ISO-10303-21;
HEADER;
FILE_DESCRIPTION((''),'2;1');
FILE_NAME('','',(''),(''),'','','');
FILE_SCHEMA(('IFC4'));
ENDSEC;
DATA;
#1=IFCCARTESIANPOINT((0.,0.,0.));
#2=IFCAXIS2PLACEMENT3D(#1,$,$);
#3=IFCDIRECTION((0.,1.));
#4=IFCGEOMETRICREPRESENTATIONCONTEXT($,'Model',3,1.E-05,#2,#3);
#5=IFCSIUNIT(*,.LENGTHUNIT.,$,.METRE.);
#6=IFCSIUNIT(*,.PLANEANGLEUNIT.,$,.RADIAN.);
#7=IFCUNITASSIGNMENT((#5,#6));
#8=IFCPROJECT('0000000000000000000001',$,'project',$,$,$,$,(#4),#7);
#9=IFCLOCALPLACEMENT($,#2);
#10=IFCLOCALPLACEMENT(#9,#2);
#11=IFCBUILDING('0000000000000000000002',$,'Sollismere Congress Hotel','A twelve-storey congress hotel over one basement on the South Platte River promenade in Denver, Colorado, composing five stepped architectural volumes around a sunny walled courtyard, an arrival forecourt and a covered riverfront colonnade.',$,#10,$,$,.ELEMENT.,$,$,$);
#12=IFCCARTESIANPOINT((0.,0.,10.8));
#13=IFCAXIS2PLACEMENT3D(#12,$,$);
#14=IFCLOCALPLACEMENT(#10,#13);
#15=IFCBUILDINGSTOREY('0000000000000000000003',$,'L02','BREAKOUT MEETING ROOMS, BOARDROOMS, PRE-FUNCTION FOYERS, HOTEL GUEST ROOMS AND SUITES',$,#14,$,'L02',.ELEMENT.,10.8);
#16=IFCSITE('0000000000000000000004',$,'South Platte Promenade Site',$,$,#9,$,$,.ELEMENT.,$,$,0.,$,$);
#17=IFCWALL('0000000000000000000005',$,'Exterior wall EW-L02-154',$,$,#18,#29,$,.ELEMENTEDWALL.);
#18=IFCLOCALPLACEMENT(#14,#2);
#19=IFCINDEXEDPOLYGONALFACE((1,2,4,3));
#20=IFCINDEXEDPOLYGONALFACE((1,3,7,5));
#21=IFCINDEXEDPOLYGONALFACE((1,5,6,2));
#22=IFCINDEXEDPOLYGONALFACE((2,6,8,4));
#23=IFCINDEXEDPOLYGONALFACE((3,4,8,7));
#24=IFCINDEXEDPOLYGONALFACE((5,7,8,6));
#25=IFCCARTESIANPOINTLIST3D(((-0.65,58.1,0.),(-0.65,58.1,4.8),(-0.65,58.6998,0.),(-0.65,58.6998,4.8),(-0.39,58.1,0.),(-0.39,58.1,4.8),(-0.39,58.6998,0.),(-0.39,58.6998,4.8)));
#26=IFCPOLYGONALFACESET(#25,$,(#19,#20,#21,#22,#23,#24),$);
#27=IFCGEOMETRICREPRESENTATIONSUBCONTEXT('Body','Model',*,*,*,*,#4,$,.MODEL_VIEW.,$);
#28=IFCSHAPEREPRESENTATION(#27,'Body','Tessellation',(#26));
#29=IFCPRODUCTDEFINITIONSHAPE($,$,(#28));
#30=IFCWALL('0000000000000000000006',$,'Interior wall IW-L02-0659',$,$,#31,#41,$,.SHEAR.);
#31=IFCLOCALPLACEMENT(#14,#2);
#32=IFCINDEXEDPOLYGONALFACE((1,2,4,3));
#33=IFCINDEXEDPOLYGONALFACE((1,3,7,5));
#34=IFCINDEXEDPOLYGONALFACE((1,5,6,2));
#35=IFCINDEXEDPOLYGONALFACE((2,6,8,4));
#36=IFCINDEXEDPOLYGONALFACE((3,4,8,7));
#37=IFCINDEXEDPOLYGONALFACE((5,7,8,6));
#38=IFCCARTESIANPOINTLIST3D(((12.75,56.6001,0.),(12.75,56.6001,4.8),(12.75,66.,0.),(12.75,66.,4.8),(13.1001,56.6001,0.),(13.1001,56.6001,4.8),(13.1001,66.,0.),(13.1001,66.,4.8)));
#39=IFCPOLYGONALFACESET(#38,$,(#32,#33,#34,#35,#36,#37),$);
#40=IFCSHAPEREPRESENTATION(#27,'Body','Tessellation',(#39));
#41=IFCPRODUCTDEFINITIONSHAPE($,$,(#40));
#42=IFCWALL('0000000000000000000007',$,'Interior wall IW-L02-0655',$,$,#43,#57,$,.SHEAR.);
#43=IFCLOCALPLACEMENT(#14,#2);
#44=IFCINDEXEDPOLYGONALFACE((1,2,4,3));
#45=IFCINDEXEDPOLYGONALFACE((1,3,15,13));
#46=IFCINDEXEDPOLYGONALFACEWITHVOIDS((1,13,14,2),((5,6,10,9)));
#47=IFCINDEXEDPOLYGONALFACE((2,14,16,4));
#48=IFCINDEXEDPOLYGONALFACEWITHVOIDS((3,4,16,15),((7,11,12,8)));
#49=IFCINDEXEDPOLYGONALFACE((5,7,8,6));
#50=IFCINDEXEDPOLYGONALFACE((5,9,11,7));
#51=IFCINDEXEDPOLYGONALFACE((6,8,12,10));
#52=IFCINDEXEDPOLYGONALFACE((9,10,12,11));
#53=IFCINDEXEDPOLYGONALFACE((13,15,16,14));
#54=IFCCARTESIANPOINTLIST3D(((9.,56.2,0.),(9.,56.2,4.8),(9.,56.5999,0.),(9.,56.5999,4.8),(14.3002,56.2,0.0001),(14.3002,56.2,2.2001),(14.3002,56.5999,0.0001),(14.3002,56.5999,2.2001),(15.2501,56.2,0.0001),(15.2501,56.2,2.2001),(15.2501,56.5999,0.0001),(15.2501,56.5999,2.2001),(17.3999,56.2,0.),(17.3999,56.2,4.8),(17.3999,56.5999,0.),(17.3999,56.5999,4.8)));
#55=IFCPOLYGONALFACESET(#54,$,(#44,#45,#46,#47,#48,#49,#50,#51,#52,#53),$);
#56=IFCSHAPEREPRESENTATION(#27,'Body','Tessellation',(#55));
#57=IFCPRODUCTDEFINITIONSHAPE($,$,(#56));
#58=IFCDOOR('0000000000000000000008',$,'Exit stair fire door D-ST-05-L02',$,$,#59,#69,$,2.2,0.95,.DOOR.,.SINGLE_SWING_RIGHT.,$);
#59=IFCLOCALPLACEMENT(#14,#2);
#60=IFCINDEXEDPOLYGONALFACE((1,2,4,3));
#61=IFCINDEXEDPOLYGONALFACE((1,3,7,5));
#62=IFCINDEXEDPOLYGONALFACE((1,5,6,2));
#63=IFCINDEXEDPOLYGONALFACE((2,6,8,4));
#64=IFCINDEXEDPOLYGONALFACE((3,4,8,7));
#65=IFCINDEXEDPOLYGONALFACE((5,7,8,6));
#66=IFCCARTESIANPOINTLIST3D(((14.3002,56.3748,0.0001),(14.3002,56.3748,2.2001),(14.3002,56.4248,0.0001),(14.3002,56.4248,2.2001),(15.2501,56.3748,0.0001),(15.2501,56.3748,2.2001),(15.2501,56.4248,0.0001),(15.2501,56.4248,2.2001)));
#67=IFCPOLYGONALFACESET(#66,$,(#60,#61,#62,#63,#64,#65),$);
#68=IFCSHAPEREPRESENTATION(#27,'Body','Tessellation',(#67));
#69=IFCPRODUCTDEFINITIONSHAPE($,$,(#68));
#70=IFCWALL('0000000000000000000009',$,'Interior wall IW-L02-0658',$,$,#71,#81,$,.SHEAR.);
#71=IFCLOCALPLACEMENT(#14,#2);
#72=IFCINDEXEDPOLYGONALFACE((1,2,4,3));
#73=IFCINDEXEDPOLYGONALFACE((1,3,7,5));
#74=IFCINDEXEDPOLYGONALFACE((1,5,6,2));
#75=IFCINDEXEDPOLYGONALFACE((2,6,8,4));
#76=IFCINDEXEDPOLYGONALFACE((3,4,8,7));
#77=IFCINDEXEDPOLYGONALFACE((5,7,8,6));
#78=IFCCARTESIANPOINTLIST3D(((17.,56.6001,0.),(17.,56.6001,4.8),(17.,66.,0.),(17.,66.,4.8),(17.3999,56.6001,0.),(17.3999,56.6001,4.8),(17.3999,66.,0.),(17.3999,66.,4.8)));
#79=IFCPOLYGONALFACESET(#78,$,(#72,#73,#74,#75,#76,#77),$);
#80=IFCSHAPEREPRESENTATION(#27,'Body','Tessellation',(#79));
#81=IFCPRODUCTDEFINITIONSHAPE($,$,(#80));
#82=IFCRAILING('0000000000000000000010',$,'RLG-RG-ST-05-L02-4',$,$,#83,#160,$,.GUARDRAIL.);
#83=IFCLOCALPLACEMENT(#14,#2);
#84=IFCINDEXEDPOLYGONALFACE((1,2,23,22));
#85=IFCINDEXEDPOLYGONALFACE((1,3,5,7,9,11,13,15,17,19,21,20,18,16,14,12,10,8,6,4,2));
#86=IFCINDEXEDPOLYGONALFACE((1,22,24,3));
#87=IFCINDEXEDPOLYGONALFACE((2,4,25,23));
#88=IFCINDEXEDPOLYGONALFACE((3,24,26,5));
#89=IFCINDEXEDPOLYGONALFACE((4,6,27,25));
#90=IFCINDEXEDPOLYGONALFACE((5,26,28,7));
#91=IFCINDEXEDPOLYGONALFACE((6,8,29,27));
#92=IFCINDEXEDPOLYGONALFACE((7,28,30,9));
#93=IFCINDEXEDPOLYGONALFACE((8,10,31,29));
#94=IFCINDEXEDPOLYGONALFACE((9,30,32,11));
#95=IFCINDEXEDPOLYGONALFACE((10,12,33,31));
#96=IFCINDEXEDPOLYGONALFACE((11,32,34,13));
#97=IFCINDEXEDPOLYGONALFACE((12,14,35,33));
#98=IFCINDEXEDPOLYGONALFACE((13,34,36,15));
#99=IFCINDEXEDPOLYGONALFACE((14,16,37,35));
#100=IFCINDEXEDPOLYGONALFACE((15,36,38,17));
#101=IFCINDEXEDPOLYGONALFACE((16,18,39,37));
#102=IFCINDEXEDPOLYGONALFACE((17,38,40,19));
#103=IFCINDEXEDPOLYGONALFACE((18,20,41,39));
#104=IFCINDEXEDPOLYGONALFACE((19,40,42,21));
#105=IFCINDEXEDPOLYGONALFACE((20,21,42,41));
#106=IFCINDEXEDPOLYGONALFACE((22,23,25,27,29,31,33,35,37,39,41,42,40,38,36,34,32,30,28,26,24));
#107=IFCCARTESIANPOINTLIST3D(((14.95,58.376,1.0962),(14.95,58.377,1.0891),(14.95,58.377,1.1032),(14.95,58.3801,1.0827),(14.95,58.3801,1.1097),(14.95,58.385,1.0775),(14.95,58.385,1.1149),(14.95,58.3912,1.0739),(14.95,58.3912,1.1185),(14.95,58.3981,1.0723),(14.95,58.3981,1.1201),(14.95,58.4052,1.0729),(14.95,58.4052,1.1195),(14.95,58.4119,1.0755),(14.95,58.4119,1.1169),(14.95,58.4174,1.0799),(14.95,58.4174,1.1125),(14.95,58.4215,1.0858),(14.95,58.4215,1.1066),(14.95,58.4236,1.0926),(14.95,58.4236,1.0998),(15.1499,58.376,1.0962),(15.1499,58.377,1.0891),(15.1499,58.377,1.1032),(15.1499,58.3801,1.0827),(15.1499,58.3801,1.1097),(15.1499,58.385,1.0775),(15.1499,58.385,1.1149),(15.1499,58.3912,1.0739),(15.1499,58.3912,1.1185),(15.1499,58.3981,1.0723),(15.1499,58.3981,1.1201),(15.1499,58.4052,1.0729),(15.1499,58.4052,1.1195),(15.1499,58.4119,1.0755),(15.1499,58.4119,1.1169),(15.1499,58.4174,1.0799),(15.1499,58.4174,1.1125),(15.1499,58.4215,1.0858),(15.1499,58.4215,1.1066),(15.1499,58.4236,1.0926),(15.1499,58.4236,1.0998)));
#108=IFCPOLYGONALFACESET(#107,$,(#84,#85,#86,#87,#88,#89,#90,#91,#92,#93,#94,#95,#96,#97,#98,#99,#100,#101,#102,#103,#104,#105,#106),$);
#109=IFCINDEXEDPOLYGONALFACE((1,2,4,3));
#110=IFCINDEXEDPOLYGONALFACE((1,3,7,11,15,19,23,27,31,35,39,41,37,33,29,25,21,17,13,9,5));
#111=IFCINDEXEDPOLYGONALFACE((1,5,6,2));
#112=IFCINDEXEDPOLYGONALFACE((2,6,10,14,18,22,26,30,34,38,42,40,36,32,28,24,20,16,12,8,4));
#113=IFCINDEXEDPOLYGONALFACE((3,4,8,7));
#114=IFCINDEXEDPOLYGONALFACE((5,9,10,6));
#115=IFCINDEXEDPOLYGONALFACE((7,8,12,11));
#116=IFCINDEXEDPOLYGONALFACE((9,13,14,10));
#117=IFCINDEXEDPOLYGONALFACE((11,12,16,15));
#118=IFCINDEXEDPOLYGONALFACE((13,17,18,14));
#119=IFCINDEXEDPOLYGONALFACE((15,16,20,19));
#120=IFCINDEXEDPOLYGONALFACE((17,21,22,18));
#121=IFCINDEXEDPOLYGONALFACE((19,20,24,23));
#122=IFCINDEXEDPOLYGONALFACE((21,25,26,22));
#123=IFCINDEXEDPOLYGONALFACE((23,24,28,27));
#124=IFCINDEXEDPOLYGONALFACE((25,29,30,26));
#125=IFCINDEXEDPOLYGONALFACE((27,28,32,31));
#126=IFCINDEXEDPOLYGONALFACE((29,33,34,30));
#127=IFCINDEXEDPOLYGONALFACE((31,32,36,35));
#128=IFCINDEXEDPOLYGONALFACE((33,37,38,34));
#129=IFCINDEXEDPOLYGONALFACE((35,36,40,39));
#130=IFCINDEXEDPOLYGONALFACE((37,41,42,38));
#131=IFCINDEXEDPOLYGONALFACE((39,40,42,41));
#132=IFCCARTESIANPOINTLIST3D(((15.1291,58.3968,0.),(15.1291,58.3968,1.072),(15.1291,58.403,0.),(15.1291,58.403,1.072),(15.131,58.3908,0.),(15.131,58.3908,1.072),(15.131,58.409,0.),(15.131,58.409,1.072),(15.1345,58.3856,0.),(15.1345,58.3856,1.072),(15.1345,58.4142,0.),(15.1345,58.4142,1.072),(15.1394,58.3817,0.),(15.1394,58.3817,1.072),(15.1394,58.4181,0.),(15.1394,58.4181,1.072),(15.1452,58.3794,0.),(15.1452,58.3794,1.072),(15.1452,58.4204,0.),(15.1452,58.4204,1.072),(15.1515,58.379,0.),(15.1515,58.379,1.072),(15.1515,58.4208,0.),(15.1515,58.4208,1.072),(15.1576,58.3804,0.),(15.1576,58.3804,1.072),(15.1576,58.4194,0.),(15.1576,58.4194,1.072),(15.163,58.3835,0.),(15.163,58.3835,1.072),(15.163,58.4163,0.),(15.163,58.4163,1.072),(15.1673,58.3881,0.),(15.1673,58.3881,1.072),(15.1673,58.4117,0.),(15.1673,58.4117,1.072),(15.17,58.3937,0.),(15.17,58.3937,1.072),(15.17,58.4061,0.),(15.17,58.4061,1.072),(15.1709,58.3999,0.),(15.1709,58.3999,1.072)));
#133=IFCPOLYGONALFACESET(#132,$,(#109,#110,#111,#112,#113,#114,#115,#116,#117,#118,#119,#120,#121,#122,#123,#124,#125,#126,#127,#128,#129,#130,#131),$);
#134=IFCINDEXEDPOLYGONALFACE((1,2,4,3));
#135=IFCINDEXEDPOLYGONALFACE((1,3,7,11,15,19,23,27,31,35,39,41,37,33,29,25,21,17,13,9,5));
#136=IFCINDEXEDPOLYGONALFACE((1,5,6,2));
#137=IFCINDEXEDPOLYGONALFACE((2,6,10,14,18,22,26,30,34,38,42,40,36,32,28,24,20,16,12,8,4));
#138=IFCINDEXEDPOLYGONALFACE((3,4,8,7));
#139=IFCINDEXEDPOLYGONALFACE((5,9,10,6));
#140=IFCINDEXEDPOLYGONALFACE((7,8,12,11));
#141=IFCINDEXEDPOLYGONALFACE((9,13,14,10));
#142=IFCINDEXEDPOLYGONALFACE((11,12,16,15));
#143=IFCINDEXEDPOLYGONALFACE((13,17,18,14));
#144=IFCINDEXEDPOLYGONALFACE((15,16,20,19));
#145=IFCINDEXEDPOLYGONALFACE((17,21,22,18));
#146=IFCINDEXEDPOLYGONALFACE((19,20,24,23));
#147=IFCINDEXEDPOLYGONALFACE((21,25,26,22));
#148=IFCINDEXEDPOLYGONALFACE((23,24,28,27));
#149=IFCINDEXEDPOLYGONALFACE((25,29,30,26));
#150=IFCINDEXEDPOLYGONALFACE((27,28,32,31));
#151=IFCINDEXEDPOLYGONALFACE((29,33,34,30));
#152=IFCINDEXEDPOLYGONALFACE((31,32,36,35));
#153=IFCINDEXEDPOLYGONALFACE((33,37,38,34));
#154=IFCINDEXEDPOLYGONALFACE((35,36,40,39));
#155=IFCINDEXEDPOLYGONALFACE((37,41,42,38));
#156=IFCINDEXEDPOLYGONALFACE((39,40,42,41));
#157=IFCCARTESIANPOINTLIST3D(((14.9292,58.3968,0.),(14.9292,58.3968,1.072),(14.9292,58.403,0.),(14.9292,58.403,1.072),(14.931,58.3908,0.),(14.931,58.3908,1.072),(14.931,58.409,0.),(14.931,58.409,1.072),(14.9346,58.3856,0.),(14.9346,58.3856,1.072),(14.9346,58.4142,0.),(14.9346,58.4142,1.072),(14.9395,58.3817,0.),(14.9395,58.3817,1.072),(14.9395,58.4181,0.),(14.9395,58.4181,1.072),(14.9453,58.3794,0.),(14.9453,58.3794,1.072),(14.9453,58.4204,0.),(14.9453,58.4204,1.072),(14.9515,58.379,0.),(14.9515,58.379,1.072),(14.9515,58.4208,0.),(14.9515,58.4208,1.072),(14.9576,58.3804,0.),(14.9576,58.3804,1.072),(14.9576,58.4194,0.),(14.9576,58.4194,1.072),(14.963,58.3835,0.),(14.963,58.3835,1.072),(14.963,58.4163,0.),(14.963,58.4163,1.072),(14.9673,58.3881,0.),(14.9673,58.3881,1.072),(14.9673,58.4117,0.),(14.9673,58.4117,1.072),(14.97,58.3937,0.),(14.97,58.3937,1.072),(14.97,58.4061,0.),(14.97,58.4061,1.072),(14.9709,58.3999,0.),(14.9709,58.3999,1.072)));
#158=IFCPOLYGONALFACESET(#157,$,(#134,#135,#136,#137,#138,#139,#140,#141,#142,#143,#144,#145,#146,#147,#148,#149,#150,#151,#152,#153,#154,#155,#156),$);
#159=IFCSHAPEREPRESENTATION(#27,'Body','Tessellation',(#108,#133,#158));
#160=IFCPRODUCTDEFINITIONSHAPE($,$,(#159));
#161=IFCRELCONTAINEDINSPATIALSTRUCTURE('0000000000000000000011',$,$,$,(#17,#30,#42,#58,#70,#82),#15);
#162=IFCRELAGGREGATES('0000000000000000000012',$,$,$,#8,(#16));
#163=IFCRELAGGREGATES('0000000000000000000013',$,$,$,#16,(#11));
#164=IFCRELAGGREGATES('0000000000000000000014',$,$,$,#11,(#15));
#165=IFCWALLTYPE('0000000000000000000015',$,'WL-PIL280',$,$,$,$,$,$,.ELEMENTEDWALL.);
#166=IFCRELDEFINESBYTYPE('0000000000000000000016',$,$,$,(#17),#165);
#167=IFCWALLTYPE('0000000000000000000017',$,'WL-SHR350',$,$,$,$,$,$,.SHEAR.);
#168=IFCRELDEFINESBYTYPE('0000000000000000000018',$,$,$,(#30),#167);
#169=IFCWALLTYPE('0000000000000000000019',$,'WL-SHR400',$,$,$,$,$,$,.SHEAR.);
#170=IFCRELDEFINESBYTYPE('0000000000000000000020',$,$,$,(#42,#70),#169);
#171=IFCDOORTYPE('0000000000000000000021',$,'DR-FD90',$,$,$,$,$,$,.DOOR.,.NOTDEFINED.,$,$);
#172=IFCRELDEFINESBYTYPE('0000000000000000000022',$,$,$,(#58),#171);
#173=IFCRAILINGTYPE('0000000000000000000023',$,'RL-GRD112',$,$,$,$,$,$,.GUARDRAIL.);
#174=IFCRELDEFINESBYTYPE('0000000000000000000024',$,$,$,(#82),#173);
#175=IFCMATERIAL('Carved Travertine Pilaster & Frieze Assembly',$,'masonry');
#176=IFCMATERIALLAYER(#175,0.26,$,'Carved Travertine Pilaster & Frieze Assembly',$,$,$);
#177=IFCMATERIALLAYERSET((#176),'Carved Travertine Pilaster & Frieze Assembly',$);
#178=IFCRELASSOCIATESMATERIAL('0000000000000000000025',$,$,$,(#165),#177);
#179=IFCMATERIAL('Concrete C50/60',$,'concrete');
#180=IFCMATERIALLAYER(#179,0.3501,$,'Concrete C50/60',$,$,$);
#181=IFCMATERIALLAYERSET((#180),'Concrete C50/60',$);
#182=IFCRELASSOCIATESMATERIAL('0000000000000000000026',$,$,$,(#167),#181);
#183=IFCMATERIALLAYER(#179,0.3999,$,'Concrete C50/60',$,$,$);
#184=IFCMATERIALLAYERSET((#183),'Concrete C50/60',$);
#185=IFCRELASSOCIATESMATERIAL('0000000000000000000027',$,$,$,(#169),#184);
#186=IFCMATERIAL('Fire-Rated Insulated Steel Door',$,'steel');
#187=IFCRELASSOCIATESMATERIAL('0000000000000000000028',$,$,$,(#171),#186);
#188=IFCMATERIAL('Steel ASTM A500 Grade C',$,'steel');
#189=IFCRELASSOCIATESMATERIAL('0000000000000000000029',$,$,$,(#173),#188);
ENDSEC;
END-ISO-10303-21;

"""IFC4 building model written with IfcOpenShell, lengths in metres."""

from ifc_helpers import new_model, si_unit, direction, frame, frame_2d, origin, origin_2d, place, context, subcontext, project, spatial, rectangle, circle, extrude, material, layer, layer_set, type_object, element, fill, save


model = new_model("IFC4")

# Units and contexts
model_context = context("Model", 3, precision=1e-05, world=origin(), true_north=direction((0.0, 1.0)))
body_context = subcontext(model_context, "Body", "Model", "MODEL_VIEW")
ifc_project = project(units=[si_unit("LENGTHUNIT", "METRE"), si_unit("PLANEANGLEUNIT", "RADIAN")], contexts=[model_context])

# Site, building, storey
site_placement = place(None, origin())
site = spatial("IfcSite", under=ifc_project, at=site_placement, Name="South Platte Promenade Site", CompositionType="ELEMENT", RefElevation=0.0)
building_placement = place(site_placement, origin())
building = spatial("IfcBuilding", under=site, at=building_placement, Name="Sollismere Congress Hotel", Description="A twelve-storey congress hotel over one basement on the South Platte River promenade in Denver, Colorado, composing five stepped architectural volumes around a sunny walled courtyard, an arrival forecourt and a covered riverfront colonnade.", CompositionType="ELEMENT")
storey_placement = place(building_placement, frame((0.0, 0.0, 10.8)))
storey = spatial("IfcBuildingStorey", under=building, at=storey_placement, Name="L02", Description="BREAKOUT MEETING ROOMS, BOARDROOMS, PRE-FUNCTION FOYERS, HOTEL GUEST ROOMS AND SUITES", LongName="L02", CompositionType="ELEMENT", Elevation=10.8)

# Shared definitions
ifc_material_1 = material(Name="Steel ASTM A500 Grade C", Category="steel")

# Walls
ifc_material_2 = material(Name="Carved Travertine Pilaster & Frieze Assembly", Category="masonry")
ifc_layer_1 = layer(ifc_material_2, 0.26, Name="Carved Travertine Pilaster & Frieze Assembly")
ifc_layer_set_1 = layer_set([ifc_layer_1], Name="Carved Travertine Pilaster & Frieze Assembly")
wall_type_1 = type_object("IfcWallType", Name="WL-PIL280", PredefinedType="ELEMENTEDWALL", material=ifc_layer_set_1)
wall_1_placement = place(storey_placement, frame((-0.52, 58.1001, 0.0), z_axis=(0.0, 0.0, 1.0), x_axis=(0.0, 1.0, 0.0)))
element("IfcWall", 1, at=wall_1_placement, inside=storey, type_object=wall_type_1, Name="Exterior wall EW-L02-154", PredefinedType="ELEMENTEDWALL", context=body_context, shape_type="SweptSolid", body=[
    extrude(rectangle(XDim=0.5999, YDim=0.26, at=frame_2d((0.2998, 0.0))), origin(), (0.0, 0.0, 1.0), 4.8),
])
ifc_material_3 = material(Name="Concrete C50/60", Category="concrete")
ifc_layer_2 = layer(ifc_material_3, 0.3501, Name="Concrete C50/60")
ifc_layer_set_2 = layer_set([ifc_layer_2], Name="Concrete C50/60")
wall_type_2 = type_object("IfcWallType", Name="WL-SHR350", PredefinedType="SHEAR", material=ifc_layer_set_2)
wall_2_placement = place(storey_placement, frame((12.925, 56.6001, 0.0), z_axis=(0.0, 0.0, 1.0), x_axis=(0.0, 1.0, 0.0)))
element("IfcWall", 2, at=wall_2_placement, inside=storey, type_object=wall_type_2, Name="Interior wall IW-L02-0659", PredefinedType="SHEAR", context=body_context, shape_type="SweptSolid", body=[
    extrude(rectangle(XDim=9.3999, YDim=0.3501, at=frame_2d((4.7, 0.0))), origin(), (0.0, 0.0, 1.0), 4.8),
])

# Wall, opening, door
ifc_layer_3 = layer(ifc_material_3, 0.3999, Name="Concrete C50/60")
ifc_layer_set_3 = layer_set([ifc_layer_3], Name="Concrete C50/60")
wall_type_3 = type_object("IfcWallType", Name="WL-SHR400", PredefinedType="SHEAR", material=ifc_layer_set_3)
wall_3_placement = place(storey_placement, frame((9.0, 56.3999, 0.0), z_axis=(0.0, 0.0, 1.0), x_axis=(1.0, 0.0, 0.0)))
wall_3 = element("IfcWall", 3, at=wall_3_placement, inside=storey, type_object=wall_type_3, Name="Interior wall IW-L02-0655", PredefinedType="SHEAR", context=body_context, shape_type="SweptSolid", body=[
    extrude(rectangle(XDim=8.3999, YDim=0.3999, at=frame_2d((4.2, 0.0))), origin(), (0.0, 0.0, 1.0), 4.8),
])
opening_1_placement = place(wall_3_placement, frame((5.3, 0.0, 0.0)))
opening_1 = element("IfcOpeningElement", 4, at=opening_1_placement, cuts=wall_3, PredefinedType="OPENING", context=body_context, shape_type="SweptSolid", body=[
    extrude(rectangle(XDim=0.95, YDim=2.2, at=frame_2d((0.4751, 1.1001))), frame((0.0, 0.21, 0.0), z_axis=(0.0, -1.0, 0.0), x_axis=(1.0, 0.0, 0.0)), (0.0, 0.0, 1.0), 0.4199),
])
ifc_material_4 = material(Name="Fire-Rated Insulated Steel Door", Category="steel")
door_type = type_object("IfcDoorType", Name="DR-FD90", OperationType="NOTDEFINED", PredefinedType="DOOR", material=ifc_material_4)
door_placement = place(opening_1_placement, origin())
door = element("IfcDoor", 5, at=door_placement, inside=storey, type_object=door_type, Name="Exit stair fire door D-ST-05-L02", OperationType="SINGLE_SWING_RIGHT", OverallHeight=2.2, OverallWidth=0.95, PredefinedType="DOOR", context=body_context, shape_type="SweptSolid", body=[
    extrude(rectangle(XDim=0.95, YDim=2.2, at=frame_2d((0.4751, 1.1001))), frame((0.0, 0.0249, 0.0), z_axis=(0.0, -1.0, 0.0), x_axis=(1.0, 0.0, 0.0)), (0.0, 0.0, 1.0), 0.05),
])
fill(opening_1, door)

# Wall
wall_4_placement = place(storey_placement, frame((17.2, 56.6001, 0.0), z_axis=(0.0, 0.0, 1.0), x_axis=(0.0, 1.0, 0.0)))
element("IfcWall", 6, at=wall_4_placement, inside=storey, type_object=wall_type_3, Name="Interior wall IW-L02-0658", PredefinedType="SHEAR", context=body_context, shape_type="SweptSolid", body=[
    extrude(rectangle(XDim=9.3999, YDim=0.3999, at=frame_2d((4.7, 0.0))), origin(), (0.0, 0.0, 1.0), 4.8),
])

# Railing
railing_type = type_object("IfcRailingType", Name="RL-GRD112", PredefinedType="GUARDRAIL", material=ifc_material_1)
railing_placement = place(storey_placement, frame((15.1499, 58.3999, 0.0)))
element("IfcRailing", 7, at=railing_placement, inside=storey, type_object=railing_type, Name="RLG-RG-ST-05-L02-4", PredefinedType="GUARDRAIL", context=body_context, shape_type="SweptSolid", body=[
    extrude(circle(Radius=0.0239, at=origin_2d()), frame((0.0, 0.0, 1.0962), z_axis=(-1.0, 0.0, 0.0), x_axis=(0.0, -1.0, 0.0)), (0.0, 0.0, 1.0), 0.2),
    extrude(circle(Radius=0.021, at=origin_2d()), origin(), (0.0, 0.0, 1.0), 1.072),
    extrude(circle(Radius=0.021, at=origin_2d()), frame((-0.2, 0.0, 0.0)), (0.0, 0.0, 1.0), 1.072),
])

save(model, "model.ifc")
